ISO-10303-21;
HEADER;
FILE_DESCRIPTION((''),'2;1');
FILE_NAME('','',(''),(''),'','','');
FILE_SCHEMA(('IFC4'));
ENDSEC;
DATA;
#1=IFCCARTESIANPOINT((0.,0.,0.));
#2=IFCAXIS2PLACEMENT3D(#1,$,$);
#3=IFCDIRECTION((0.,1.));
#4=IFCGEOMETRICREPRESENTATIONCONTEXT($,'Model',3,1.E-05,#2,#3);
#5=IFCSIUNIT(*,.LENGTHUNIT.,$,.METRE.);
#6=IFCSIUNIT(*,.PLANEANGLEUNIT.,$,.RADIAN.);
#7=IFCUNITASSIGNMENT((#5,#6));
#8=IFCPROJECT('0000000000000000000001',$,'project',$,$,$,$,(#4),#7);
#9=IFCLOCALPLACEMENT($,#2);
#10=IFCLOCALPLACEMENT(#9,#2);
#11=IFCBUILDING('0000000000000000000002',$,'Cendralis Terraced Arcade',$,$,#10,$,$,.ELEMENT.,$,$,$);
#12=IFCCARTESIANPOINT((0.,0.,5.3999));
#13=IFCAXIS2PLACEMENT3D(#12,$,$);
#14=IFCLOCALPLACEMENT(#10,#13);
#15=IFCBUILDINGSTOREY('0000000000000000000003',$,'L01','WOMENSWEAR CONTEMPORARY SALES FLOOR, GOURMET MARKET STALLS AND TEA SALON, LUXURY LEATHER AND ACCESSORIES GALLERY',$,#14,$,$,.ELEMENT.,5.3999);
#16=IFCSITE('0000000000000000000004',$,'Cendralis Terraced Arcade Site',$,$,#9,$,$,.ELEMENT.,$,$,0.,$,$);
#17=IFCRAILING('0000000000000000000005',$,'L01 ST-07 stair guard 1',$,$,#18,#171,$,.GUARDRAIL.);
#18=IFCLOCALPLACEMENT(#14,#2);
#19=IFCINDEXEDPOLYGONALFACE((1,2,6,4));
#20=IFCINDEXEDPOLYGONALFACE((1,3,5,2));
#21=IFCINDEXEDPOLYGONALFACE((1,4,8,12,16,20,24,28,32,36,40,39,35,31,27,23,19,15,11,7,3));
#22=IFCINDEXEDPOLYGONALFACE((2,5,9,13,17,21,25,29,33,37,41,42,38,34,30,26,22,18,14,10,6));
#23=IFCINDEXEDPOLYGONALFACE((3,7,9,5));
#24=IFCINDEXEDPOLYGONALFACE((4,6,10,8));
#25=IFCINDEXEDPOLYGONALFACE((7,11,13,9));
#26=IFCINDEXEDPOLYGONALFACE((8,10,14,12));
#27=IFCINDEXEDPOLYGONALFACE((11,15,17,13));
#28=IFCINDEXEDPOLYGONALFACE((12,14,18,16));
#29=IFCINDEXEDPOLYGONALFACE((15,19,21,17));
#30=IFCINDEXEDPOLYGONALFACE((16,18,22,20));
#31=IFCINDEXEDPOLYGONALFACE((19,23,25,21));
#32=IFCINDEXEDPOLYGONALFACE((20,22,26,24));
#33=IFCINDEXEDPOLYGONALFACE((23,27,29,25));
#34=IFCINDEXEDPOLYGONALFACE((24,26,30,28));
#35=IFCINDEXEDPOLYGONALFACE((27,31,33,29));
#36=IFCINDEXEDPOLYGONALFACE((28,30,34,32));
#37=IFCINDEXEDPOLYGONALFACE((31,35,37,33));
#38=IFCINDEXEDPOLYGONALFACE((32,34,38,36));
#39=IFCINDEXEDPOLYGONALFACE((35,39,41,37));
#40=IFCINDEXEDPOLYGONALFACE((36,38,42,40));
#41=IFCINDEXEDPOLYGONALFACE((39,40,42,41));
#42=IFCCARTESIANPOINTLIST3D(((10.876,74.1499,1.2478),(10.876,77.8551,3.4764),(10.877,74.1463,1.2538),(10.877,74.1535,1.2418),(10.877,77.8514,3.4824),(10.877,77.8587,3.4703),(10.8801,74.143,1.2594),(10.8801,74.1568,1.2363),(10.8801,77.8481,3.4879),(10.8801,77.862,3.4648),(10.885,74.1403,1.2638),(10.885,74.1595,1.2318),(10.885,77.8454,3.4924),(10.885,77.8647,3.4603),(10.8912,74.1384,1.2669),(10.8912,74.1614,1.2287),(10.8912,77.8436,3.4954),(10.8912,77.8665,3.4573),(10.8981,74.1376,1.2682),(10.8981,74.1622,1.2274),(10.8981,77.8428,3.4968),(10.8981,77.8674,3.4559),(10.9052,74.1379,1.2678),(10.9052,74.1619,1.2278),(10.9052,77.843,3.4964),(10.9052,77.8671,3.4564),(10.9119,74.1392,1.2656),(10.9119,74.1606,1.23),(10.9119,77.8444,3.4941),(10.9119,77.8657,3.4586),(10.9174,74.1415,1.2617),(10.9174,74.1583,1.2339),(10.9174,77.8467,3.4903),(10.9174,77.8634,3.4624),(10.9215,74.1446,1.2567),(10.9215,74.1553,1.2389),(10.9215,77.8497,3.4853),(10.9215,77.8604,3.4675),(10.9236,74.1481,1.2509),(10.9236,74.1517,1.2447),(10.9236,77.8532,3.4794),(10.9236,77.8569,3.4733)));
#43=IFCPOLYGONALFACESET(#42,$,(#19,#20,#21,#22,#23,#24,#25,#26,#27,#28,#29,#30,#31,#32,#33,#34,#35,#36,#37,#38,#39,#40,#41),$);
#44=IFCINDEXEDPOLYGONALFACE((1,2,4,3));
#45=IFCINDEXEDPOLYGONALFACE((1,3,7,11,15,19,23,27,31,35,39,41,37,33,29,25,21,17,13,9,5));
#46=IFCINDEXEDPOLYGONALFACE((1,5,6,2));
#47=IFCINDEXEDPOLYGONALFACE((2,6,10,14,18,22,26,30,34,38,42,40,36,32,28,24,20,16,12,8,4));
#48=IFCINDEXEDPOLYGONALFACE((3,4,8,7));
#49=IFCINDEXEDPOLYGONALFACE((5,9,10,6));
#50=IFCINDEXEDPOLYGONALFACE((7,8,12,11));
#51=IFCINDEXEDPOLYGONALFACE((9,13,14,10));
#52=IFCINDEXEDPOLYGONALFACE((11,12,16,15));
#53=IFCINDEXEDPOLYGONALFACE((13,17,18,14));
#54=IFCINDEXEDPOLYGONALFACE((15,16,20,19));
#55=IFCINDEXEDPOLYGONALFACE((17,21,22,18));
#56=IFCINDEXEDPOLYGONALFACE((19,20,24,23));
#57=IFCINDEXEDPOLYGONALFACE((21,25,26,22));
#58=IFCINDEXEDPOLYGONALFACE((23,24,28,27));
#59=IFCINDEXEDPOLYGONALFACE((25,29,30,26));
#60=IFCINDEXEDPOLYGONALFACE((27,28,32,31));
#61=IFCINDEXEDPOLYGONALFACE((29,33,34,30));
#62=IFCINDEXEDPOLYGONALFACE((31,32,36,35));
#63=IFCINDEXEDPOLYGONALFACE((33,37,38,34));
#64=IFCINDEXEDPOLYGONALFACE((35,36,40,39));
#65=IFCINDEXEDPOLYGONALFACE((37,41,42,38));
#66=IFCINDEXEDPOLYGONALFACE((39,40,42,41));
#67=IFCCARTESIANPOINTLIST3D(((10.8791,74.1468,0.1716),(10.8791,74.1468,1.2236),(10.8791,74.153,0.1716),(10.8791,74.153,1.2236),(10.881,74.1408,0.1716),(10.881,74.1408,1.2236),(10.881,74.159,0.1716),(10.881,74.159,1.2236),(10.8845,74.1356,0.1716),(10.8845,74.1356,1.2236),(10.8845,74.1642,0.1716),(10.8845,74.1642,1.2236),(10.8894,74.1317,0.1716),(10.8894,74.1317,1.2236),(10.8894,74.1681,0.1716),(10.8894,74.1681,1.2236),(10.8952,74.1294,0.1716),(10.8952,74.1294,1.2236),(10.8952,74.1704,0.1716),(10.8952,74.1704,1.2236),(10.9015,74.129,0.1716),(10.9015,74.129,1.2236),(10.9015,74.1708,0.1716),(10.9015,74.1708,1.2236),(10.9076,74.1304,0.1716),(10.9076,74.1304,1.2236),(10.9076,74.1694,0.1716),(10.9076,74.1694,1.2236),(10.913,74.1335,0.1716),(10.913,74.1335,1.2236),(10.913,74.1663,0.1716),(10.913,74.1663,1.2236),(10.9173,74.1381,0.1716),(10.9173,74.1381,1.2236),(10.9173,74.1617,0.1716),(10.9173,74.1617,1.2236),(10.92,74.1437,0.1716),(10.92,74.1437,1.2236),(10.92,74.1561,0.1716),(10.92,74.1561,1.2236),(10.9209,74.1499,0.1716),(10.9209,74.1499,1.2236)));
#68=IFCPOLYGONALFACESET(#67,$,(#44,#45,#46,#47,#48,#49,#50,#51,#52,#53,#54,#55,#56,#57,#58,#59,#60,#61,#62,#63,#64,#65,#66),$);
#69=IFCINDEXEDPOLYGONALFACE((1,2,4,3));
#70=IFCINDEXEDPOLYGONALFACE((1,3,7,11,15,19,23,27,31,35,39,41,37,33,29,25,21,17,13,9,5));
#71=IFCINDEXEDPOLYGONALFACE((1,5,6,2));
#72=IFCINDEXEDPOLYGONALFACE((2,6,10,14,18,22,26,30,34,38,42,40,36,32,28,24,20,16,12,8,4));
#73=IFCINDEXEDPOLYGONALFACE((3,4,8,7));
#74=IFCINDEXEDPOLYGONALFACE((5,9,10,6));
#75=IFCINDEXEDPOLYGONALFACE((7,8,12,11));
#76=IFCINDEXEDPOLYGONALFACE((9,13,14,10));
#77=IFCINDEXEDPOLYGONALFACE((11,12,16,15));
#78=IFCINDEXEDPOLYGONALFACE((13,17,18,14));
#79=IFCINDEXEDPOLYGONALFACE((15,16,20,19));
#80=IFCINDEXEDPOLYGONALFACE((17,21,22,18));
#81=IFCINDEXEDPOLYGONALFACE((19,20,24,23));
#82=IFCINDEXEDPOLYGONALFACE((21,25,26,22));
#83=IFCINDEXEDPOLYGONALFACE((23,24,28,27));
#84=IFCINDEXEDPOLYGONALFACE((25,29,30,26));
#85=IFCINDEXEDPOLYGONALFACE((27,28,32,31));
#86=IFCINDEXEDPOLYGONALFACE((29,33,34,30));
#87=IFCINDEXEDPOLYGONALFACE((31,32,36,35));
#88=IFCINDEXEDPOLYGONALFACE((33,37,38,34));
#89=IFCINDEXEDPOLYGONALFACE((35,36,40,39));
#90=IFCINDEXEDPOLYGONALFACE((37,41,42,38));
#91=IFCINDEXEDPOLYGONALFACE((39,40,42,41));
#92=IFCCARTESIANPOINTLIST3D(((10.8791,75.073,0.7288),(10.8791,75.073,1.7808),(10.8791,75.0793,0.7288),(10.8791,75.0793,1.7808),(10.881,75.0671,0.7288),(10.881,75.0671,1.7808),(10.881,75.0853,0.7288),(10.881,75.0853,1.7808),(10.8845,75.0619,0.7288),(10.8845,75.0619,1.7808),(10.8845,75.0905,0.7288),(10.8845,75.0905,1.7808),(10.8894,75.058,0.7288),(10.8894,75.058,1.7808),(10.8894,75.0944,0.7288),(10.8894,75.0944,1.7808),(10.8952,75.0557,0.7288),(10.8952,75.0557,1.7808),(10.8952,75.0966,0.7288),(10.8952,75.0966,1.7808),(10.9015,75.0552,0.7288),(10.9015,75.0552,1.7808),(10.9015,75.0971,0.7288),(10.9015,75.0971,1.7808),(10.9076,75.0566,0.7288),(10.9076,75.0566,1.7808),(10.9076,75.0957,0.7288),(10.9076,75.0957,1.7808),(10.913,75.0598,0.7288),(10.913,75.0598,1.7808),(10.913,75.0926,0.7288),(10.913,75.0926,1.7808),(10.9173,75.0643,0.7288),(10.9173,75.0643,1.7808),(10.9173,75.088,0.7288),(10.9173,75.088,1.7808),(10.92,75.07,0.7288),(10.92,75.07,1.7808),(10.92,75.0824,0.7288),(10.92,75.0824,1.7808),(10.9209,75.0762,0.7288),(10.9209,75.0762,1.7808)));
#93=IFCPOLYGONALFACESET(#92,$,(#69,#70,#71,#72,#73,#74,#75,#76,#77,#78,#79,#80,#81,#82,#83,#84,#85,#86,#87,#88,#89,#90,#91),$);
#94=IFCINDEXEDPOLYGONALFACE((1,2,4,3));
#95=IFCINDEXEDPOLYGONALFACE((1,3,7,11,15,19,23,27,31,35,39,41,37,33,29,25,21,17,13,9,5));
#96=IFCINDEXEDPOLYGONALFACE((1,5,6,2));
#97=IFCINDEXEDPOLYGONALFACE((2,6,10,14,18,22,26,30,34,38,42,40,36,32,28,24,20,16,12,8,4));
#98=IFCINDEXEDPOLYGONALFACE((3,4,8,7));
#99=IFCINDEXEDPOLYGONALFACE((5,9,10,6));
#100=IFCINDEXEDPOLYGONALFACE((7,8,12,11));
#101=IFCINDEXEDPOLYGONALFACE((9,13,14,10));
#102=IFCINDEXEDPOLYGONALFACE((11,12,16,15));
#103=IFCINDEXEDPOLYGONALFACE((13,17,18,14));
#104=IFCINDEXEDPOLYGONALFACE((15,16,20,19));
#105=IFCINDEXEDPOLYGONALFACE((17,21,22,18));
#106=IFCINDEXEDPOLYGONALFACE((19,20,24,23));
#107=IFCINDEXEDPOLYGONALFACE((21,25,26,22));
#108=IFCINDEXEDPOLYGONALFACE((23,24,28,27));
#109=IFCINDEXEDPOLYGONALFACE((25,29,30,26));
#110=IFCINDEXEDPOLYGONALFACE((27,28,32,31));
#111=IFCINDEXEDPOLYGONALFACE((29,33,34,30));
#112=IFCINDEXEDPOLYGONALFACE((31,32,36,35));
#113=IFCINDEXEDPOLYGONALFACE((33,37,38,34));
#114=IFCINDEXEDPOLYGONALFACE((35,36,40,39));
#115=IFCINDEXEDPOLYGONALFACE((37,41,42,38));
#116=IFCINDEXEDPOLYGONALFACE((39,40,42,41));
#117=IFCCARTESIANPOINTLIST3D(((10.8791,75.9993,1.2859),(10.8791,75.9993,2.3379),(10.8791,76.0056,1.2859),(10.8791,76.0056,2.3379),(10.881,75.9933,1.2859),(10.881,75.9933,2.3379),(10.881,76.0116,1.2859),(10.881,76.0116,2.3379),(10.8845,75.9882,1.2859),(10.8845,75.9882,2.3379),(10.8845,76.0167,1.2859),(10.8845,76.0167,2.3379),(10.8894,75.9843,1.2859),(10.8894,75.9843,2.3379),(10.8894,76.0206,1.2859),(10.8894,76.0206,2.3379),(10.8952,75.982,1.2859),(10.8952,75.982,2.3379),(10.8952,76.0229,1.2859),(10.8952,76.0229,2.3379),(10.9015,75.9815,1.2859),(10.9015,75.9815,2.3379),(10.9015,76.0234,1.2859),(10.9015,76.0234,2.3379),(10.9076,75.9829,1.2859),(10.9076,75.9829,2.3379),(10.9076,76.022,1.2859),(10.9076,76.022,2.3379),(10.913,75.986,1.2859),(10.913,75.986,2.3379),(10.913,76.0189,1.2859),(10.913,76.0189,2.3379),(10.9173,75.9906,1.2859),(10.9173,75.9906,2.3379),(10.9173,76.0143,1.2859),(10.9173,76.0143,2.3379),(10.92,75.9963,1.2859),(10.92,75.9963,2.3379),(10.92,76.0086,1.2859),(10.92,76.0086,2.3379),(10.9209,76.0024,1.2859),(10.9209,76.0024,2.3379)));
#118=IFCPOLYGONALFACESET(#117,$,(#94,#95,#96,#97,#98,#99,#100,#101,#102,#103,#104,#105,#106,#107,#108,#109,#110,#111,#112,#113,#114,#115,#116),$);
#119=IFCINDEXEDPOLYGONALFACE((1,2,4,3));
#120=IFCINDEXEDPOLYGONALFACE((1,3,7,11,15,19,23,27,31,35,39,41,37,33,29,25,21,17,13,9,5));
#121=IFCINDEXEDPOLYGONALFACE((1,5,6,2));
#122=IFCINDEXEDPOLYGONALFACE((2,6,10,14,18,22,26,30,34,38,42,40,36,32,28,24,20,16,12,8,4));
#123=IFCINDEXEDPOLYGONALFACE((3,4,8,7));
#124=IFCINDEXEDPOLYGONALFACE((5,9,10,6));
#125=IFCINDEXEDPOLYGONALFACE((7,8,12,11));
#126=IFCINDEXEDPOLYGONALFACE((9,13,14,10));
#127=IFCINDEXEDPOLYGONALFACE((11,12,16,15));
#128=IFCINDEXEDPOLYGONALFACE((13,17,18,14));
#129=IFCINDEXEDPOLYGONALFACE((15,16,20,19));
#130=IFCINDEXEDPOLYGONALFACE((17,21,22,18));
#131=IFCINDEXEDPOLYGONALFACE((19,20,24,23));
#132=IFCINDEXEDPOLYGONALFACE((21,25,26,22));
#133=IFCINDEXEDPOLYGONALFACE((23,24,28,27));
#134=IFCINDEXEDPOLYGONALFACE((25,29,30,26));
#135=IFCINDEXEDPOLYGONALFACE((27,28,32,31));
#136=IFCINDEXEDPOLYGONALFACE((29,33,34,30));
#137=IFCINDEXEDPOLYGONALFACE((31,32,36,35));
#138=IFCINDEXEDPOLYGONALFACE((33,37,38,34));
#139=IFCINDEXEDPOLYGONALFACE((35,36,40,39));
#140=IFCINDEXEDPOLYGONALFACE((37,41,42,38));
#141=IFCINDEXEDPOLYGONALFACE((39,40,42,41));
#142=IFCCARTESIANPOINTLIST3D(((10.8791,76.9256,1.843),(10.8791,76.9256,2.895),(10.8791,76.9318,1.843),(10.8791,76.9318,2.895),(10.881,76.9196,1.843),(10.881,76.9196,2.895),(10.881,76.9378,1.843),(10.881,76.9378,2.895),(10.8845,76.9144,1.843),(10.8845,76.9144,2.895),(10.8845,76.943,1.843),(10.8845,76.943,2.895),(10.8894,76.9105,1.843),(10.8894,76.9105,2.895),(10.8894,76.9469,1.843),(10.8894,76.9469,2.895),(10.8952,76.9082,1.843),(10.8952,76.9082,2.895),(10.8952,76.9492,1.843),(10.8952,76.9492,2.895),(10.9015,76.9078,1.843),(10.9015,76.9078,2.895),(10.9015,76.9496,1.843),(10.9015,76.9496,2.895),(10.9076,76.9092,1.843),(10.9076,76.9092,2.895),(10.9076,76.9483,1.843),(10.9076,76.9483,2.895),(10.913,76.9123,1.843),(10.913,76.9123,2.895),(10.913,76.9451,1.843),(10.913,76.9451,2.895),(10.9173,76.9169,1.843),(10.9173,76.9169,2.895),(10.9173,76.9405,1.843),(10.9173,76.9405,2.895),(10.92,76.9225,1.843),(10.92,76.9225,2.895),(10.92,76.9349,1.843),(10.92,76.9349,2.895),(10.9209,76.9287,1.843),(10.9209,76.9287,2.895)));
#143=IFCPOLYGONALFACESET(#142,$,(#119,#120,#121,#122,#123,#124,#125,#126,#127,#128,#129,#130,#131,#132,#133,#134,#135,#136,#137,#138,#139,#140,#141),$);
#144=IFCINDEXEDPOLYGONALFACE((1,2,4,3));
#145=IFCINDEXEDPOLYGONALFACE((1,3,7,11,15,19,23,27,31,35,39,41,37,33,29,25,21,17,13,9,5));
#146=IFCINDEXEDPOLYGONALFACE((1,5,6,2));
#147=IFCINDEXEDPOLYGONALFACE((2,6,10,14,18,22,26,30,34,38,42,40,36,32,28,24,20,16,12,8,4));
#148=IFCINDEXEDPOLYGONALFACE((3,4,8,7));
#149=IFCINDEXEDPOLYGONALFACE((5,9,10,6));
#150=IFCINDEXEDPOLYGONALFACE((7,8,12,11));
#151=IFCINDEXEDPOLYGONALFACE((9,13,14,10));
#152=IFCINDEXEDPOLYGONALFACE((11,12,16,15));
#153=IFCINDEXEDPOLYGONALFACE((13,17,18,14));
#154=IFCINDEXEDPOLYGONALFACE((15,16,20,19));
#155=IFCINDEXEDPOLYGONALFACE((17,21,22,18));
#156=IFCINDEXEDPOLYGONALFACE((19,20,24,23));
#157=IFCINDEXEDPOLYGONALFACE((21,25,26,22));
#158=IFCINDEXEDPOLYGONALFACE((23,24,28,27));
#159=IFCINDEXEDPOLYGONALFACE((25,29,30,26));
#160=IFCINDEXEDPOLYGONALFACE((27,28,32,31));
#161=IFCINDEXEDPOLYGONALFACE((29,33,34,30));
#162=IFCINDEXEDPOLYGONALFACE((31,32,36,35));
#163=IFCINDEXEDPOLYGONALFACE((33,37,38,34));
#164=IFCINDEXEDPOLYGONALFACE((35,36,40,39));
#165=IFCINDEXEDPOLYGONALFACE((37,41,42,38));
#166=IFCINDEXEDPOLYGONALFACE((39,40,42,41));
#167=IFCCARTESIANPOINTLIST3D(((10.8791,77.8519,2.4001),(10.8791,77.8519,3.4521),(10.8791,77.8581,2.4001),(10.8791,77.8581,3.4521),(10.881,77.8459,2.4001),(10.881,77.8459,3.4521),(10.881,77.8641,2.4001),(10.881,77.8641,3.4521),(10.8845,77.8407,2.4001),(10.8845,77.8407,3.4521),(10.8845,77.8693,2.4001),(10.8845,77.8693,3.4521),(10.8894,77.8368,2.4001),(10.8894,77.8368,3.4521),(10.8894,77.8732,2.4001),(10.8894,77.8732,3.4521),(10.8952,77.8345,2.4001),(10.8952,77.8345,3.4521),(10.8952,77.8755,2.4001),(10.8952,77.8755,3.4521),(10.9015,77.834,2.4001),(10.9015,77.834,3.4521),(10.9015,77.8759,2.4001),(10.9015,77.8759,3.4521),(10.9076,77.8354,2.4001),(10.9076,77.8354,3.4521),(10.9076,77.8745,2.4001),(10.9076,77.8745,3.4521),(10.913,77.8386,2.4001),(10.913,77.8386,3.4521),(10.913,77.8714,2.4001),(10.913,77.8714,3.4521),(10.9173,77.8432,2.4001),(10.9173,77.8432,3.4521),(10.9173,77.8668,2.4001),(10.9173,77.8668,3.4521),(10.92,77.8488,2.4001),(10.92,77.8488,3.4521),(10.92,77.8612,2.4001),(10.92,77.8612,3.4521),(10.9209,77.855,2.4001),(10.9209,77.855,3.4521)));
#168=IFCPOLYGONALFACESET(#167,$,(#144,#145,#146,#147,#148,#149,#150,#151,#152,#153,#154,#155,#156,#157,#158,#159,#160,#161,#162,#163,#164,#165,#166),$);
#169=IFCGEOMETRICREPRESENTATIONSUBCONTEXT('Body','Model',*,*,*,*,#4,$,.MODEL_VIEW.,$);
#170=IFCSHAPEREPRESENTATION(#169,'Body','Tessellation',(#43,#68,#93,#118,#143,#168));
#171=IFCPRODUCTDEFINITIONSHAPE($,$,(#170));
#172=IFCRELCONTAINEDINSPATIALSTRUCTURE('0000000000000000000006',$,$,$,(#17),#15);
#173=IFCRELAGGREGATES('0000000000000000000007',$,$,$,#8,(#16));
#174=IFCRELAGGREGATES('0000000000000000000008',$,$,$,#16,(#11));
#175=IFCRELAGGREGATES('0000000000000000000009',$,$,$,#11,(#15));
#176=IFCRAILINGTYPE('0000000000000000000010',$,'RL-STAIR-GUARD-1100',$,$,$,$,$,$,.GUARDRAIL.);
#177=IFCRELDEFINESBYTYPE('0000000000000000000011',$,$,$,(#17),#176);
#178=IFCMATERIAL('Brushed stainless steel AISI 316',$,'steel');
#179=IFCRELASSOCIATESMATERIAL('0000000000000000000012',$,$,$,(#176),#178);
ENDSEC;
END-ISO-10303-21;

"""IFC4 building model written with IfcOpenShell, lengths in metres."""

from ifc_helpers import new_model, si_unit, direction, frame, origin, origin_2d, place, context, subcontext, project, spatial, circle, extrude, material, type_object, element, save


model = new_model("IFC4")

# Units and contexts
model_context = context("Model", 3, precision=1e-05, world=origin(), true_north=direction((0.0, 1.0)))
body_context = subcontext(model_context, "Body", "Model", "MODEL_VIEW")
ifc_project = project(units=[si_unit("LENGTHUNIT", "METRE"), si_unit("PLANEANGLEUNIT", "RADIAN")], contexts=[model_context])

# Site, building, storey
site_placement = place(None, origin())
site = spatial("IfcSite", under=ifc_project, at=site_placement, Name="Cendralis Terraced Arcade Site", CompositionType="ELEMENT", RefElevation=0.0)
building_placement = place(site_placement, origin())
building = spatial("IfcBuilding", under=site, at=building_placement, Name="Cendralis Terraced Arcade", CompositionType="ELEMENT")
storey_placement = place(building_placement, frame((0.0, 0.0, 5.3999)))
storey = spatial("IfcBuildingStorey", under=building, at=storey_placement, Name="L01", Description="WOMENSWEAR CONTEMPORARY SALES FLOOR, GOURMET MARKET STALLS AND TEA SALON, LUXURY LEATHER AND ACCESSORIES GALLERY", CompositionType="ELEMENT", Elevation=5.3999)

# Railing
ifc_material_1 = material(Name="Brushed stainless steel AISI 316", Category="steel")
railing_type_1 = type_object("IfcRailingType", Name="RL-STAIR-GUARD-1100", PredefinedType="GUARDRAIL", material=ifc_material_1)
railing_1_placement = place(storey_placement, frame((10.8999, 74.1499, 0.1716)))
element("IfcRailing", 1, at=railing_1_placement, inside=storey, type_object=railing_type_1, Name="L01 ST-07 stair guard 1", PredefinedType="GUARDRAIL", context=body_context, shape_type="SweptSolid", body=[
    extrude(circle(Radius=0.0239, at=origin_2d()), frame((0.0, 0.0, 1.0762), z_axis=(0.0, 0.856934, 0.515425), x_axis=(-1.0, 0.0, 0.0)), (0.0, 0.0, 1.0), 4.3237),
    extrude(circle(Radius=0.021, at=origin_2d()), origin(), (0.0, 0.0, 1.0), 1.052),
    extrude(circle(Radius=0.021, at=origin_2d()), frame((0.0, 0.9263, 0.5571)), (0.0, 0.0, 1.0), 1.052),
    extrude(circle(Radius=0.021, at=origin_2d()), frame((0.0, 1.8525, 1.1143)), (0.0, 0.0, 1.0), 1.052),
    extrude(circle(Radius=0.021, at=origin_2d()), frame((0.0, 2.7788, 1.6714)), (0.0, 0.0, 1.0), 1.052),
    extrude(circle(Radius=0.021, at=origin_2d()), frame((0.0, 3.7051, 2.2285)), (0.0, 0.0, 1.0), 1.052),
])

save(model, "model.ifc")
